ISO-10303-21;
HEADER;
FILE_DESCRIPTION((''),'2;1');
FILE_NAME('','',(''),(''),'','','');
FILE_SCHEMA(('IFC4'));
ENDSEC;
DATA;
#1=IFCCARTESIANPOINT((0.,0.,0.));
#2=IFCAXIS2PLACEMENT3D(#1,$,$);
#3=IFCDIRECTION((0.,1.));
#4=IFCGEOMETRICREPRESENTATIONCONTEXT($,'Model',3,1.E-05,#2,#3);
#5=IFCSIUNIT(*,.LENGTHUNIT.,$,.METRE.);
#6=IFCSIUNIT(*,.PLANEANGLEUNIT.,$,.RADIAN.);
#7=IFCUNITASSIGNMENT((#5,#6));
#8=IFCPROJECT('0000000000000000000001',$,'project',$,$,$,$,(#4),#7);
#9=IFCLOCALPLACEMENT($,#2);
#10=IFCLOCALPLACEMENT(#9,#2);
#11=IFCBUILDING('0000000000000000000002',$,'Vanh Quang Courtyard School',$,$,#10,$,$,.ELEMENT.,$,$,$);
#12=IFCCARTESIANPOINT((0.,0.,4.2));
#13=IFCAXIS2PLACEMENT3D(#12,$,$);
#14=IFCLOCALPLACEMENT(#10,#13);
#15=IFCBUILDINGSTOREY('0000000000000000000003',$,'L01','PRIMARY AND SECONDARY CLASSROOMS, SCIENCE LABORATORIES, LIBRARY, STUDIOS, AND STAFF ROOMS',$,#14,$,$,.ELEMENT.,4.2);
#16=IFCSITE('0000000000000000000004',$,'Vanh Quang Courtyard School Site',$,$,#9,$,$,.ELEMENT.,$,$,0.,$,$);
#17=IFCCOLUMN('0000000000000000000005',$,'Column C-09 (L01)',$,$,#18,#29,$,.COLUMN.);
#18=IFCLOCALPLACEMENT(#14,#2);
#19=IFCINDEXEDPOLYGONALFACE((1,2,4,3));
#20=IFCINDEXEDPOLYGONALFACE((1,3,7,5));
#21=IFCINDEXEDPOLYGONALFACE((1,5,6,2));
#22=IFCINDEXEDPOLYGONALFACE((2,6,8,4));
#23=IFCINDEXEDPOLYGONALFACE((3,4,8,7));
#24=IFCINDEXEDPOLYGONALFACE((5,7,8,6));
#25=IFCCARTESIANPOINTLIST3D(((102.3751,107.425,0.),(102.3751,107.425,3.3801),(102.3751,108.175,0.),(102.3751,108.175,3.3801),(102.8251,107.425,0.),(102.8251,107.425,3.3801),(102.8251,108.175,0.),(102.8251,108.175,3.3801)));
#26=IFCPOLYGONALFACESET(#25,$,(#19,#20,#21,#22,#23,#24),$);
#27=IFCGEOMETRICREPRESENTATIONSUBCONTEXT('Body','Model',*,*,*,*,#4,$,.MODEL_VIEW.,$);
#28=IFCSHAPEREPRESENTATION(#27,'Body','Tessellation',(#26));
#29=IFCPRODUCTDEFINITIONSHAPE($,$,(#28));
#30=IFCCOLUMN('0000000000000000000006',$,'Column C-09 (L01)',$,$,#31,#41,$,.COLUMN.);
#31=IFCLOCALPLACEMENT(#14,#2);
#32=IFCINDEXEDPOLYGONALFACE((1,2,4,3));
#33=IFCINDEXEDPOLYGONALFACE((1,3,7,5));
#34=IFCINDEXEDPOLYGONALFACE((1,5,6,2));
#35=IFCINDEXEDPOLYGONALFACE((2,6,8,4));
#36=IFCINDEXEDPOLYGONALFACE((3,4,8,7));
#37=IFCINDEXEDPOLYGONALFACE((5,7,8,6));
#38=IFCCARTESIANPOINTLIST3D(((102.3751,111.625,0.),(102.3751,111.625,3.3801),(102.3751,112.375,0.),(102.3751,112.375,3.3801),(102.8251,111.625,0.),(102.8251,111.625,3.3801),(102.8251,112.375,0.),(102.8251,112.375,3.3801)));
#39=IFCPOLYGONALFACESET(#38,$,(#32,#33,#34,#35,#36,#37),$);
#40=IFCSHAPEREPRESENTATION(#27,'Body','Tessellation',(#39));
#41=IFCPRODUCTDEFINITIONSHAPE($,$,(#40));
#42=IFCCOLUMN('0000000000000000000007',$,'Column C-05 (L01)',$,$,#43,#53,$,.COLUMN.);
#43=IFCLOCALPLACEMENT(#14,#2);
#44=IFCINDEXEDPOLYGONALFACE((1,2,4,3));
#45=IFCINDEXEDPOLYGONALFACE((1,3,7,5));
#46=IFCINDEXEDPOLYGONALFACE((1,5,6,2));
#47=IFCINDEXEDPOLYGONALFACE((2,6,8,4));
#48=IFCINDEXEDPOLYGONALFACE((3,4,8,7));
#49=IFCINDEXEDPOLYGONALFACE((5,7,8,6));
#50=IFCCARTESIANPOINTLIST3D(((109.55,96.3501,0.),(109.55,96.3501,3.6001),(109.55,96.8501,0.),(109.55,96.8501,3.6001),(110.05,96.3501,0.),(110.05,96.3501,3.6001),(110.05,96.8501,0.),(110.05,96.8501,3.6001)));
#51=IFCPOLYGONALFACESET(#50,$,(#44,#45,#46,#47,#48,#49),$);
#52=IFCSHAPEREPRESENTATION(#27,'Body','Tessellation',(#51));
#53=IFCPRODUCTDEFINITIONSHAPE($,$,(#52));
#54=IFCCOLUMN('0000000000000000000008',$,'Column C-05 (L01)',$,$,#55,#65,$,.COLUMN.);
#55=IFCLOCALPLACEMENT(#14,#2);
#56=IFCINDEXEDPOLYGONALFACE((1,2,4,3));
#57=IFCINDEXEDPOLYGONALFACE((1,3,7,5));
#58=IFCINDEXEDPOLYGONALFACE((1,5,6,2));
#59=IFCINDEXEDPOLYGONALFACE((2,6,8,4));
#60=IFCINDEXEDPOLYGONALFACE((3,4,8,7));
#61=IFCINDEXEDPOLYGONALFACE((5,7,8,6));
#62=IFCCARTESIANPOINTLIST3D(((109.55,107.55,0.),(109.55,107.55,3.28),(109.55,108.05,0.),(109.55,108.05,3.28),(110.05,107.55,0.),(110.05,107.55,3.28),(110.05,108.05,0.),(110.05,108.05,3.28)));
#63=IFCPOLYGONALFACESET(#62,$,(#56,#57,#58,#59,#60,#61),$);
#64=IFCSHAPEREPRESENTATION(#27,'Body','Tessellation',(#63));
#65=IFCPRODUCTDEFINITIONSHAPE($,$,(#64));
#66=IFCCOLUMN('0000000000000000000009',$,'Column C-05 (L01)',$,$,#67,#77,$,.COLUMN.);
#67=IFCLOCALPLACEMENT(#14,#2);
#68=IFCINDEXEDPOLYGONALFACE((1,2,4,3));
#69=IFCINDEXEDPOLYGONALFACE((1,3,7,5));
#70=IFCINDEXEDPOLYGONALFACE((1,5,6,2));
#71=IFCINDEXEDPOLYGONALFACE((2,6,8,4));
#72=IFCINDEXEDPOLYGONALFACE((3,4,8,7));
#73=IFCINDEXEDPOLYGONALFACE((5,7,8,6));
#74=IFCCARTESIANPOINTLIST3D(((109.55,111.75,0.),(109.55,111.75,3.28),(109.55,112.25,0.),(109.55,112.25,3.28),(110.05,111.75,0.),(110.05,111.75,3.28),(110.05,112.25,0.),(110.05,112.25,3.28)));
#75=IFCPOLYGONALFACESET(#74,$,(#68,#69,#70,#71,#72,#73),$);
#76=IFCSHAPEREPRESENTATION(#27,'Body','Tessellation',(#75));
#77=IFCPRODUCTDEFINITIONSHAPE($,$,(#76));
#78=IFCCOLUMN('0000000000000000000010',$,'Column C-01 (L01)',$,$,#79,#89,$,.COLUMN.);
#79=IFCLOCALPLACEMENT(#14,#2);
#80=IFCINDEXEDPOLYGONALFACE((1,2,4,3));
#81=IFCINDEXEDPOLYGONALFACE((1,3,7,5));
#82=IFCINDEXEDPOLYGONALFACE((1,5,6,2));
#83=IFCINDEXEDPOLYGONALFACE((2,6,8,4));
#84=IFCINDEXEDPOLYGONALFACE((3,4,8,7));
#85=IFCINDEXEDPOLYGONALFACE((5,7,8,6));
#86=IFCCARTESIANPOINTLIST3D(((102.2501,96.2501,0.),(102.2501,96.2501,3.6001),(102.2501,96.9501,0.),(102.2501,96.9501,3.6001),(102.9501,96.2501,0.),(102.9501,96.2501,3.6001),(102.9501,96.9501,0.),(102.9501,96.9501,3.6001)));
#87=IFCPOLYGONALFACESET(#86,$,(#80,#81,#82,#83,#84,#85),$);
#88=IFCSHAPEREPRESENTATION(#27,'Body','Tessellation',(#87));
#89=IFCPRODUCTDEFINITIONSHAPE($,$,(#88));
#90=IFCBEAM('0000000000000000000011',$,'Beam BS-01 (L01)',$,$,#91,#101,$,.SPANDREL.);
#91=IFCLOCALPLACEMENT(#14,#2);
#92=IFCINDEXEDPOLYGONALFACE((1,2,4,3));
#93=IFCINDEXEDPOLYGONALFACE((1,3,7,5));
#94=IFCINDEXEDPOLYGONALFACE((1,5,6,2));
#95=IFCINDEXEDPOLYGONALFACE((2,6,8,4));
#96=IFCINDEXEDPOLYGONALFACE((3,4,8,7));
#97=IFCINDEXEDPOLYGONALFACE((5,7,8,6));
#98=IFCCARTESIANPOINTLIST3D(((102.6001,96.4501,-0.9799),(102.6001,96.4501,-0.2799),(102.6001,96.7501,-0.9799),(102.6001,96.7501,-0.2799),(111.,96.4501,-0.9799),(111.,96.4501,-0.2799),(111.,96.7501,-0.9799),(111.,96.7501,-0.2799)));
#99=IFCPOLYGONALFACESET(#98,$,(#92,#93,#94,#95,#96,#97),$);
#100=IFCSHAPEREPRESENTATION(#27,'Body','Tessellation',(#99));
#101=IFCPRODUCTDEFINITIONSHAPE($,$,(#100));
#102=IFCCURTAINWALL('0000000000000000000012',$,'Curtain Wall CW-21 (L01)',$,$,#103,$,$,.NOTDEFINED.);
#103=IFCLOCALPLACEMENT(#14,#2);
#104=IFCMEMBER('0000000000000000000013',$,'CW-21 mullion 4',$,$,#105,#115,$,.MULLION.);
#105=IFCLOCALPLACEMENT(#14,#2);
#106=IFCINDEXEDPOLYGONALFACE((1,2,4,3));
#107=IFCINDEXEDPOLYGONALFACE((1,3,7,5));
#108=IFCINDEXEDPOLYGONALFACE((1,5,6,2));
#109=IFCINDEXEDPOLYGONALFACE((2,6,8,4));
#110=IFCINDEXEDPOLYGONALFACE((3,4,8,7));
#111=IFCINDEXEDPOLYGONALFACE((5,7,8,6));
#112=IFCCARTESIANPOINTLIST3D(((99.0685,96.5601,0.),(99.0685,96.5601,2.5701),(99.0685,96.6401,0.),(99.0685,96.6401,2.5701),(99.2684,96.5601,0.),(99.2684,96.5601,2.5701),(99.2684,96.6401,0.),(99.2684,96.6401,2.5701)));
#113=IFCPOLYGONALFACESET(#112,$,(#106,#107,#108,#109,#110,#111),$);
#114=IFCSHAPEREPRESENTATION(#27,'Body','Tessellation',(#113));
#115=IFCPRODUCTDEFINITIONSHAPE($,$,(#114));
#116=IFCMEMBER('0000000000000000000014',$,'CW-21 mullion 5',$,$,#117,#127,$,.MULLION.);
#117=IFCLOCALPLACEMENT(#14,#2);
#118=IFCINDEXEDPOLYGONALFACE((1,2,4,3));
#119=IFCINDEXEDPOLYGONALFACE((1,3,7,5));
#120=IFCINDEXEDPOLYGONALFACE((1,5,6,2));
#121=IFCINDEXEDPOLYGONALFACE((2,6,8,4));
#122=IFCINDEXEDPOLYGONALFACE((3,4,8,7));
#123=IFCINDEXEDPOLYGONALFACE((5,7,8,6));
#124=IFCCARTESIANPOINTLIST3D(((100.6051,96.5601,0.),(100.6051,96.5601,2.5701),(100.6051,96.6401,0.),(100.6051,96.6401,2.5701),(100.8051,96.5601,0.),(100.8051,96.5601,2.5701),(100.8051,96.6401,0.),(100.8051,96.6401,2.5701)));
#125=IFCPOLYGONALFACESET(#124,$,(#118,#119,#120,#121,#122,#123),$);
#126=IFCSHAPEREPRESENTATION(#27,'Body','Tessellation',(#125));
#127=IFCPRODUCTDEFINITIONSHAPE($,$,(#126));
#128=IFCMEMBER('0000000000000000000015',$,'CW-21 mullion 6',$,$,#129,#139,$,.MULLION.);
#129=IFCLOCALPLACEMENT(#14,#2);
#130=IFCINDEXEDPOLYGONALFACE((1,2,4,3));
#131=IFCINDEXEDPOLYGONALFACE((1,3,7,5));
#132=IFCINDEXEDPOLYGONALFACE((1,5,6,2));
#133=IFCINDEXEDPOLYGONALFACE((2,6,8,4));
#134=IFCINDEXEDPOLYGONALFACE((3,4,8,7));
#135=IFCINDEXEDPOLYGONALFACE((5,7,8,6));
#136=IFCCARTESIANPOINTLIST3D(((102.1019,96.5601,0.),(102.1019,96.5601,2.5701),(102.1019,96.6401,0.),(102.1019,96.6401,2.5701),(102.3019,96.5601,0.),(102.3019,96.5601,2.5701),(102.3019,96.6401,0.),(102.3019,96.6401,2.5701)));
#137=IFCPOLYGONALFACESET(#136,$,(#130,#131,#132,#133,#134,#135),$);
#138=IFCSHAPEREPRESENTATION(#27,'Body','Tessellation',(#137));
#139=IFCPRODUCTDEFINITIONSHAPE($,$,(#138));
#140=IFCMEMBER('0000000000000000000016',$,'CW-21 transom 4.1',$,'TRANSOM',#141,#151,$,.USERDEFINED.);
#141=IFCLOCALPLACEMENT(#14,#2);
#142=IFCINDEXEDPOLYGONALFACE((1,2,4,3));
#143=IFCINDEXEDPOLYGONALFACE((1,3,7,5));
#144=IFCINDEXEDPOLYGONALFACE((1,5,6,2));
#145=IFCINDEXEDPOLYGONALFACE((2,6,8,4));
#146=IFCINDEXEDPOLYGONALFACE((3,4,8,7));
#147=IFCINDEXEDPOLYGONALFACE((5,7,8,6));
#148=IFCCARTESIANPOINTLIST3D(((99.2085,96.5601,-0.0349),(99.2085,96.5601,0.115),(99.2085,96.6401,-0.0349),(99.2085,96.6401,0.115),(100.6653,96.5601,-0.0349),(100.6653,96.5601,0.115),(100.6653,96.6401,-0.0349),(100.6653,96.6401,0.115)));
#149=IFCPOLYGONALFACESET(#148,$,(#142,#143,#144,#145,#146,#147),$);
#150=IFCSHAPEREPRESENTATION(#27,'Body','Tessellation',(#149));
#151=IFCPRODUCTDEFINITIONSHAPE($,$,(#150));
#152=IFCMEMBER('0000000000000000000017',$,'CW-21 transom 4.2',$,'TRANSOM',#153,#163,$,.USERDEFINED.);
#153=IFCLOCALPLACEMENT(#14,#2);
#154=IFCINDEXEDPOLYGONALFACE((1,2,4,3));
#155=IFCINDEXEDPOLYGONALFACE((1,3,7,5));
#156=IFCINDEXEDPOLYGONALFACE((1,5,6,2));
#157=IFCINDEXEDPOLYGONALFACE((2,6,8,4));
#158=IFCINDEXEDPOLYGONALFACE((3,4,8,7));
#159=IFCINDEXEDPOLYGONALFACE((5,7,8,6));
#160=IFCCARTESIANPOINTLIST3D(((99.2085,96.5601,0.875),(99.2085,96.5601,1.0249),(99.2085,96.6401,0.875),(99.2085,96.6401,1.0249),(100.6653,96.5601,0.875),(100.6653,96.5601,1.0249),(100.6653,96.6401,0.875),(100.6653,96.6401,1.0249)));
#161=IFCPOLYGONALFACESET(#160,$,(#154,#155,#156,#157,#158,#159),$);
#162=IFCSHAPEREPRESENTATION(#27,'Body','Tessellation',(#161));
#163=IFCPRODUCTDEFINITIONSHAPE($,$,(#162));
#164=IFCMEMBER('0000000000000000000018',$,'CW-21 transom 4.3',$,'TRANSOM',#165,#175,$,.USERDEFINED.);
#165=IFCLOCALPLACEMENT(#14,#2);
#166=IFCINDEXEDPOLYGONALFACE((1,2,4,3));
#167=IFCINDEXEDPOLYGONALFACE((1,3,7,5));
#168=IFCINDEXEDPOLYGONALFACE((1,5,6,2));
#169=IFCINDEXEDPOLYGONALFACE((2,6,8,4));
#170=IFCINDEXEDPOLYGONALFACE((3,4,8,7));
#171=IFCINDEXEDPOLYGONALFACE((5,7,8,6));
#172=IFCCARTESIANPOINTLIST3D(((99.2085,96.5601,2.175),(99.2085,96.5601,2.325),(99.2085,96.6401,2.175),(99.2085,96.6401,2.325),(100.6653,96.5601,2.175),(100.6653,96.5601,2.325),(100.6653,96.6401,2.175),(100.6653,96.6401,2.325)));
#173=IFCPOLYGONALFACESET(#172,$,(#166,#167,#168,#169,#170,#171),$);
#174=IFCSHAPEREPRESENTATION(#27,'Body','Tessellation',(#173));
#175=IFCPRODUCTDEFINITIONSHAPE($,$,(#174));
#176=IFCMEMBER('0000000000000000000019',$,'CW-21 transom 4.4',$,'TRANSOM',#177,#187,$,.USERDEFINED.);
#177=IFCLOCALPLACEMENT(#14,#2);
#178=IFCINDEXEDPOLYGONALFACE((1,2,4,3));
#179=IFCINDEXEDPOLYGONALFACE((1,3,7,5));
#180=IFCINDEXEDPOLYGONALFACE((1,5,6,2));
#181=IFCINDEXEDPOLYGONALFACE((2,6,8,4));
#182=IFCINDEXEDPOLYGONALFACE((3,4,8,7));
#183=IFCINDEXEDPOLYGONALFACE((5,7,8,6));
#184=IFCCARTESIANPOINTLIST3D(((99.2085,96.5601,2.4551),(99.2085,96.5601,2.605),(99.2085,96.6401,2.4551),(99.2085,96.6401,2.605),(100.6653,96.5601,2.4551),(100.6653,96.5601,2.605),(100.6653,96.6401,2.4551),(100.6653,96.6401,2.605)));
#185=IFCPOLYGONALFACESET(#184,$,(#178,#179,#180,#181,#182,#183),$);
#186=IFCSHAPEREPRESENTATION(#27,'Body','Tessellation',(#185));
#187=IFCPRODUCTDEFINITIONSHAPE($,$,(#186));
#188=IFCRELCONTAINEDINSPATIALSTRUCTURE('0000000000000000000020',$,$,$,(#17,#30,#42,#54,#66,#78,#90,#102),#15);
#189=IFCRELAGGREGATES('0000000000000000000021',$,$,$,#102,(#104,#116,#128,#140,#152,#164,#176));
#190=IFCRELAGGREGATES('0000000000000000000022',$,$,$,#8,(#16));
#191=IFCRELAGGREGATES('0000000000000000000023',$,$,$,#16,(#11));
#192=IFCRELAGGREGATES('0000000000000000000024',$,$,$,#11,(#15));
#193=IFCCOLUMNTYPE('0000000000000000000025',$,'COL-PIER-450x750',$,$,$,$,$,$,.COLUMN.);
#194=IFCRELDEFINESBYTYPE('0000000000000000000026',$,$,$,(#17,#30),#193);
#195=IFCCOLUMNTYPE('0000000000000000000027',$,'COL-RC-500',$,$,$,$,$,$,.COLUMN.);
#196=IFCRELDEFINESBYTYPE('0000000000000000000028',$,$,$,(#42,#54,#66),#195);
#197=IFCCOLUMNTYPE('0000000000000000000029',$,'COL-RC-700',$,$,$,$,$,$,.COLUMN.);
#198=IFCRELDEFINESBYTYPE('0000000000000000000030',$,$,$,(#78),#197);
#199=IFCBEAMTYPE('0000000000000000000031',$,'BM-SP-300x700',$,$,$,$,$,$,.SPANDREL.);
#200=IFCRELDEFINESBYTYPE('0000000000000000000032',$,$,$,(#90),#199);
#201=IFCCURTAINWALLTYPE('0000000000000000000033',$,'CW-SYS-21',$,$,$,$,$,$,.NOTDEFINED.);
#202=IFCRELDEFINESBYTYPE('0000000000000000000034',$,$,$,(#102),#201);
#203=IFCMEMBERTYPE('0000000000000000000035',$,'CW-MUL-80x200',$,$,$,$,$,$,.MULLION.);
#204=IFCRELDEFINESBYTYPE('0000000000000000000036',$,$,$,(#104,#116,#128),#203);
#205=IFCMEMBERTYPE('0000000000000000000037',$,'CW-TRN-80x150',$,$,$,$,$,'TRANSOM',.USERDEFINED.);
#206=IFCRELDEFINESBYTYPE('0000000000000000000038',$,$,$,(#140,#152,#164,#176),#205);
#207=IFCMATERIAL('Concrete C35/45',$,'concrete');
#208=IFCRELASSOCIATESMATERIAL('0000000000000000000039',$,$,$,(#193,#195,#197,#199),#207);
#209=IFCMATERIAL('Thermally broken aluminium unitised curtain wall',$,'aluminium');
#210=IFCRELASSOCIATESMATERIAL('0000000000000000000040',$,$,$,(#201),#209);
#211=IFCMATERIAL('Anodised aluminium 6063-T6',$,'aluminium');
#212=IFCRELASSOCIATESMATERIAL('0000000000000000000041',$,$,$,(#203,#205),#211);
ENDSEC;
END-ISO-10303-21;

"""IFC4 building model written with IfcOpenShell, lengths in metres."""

from ifc_helpers import new_model, si_unit, direction, frame, origin, origin_2d, place, context, subcontext, project, spatial, rectangle, extrude, material, material_profile, profile_set, type_object, element, aggregate, save


model = new_model("IFC4")

# Units and contexts
model_context = context("Model", 3, precision=1e-05, world=origin(), true_north=direction((0.0, 1.0)))
body_context = subcontext(model_context, "Body", "Model", "MODEL_VIEW")
ifc_project = project(units=[si_unit("LENGTHUNIT", "METRE"), si_unit("PLANEANGLEUNIT", "RADIAN")], contexts=[model_context])

# Site, building, storey
site_placement = place(None, origin())
site = spatial("IfcSite", under=ifc_project, at=site_placement, Name="Vanh Quang Courtyard School Site", CompositionType="ELEMENT", RefElevation=0.0)
building_placement = place(site_placement, origin())
building = spatial("IfcBuilding", under=site, at=building_placement, Name="Vanh Quang Courtyard School", CompositionType="ELEMENT")
storey_placement = place(building_placement, frame((0.0, 0.0, 4.2)))
storey = spatial("IfcBuildingStorey", under=building, at=storey_placement, Name="L01", Description="PRIMARY AND SECONDARY CLASSROOMS, SCIENCE LABORATORIES, LIBRARY, STUDIOS, AND STAFF ROOMS", CompositionType="ELEMENT", Elevation=4.2)

# Columns
ifc_material_1 = material(Name="Concrete C35/45", Category="concrete")
ifc_material_profile_1 = material_profile(ifc_material_1, rectangle(XDim=0.45, YDim=0.75, at=origin_2d()), Name="RC-PIER 450x750")
ifc_profile_set_1 = profile_set([ifc_material_profile_1], Name="Concrete C35/45")
column_type_1 = type_object("IfcColumnType", Name="COL-PIER-450x750", PredefinedType="COLUMN", material=ifc_profile_set_1)
for number, where, z_axis, x_axis, name in (
    (1, (102.6001, 107.8, 0.0), (0.0, 0.0, 1.0), (1.0, 0.0, 0.0), "Column C-09 (L01)"),
    (2, (102.6001, 112.0, 0.0), (0.0, 0.0, 1.0), (1.0, 0.0, 0.0), "Column C-09 (L01)"),
):
    element("IfcColumn", number, at=place(storey_placement, frame(where, z_axis=z_axis, x_axis=x_axis)), inside=storey, type_object=column_type_1, Name=name, PredefinedType="COLUMN", context=body_context, shape_type="SweptSolid", body=[
        extrude(rectangle(XDim=0.45, YDim=0.75, at=origin_2d()), origin(), (0.0, 0.0, 1.0), 3.3801),
    ])
ifc_material_profile_2 = material_profile(ifc_material_1, rectangle(XDim=0.5, YDim=0.5, at=origin_2d()), Name="RC-COL 500x500")
ifc_profile_set_2 = profile_set([ifc_material_profile_2], Name="Concrete C35/45")
column_type_2 = type_object("IfcColumnType", Name="COL-RC-500", PredefinedType="COLUMN", material=ifc_profile_set_2)
column_1_placement = place(storey_placement, frame((109.8, 96.6001, 0.0), z_axis=(0.0, 0.0, 1.0), x_axis=(1.0, 0.0, 0.0)))
element("IfcColumn", 3, at=column_1_placement, inside=storey, type_object=column_type_2, Name="Column C-05 (L01)", PredefinedType="COLUMN", context=body_context, shape_type="SweptSolid", body=[
    extrude(rectangle(XDim=0.5, YDim=0.5, at=origin_2d()), origin(), (0.0, 0.0, 1.0), 3.6001),
])
for number, where, z_axis, x_axis, name in (
    (4, (109.8, 107.8, 0.0), (0.0, 0.0, 1.0), (1.0, 0.0, 0.0), "Column C-05 (L01)"),
    (5, (109.8, 112.0, 0.0), (0.0, 0.0, 1.0), (1.0, 0.0, 0.0), "Column C-05 (L01)"),
):
    element("IfcColumn", number, at=place(storey_placement, frame(where, z_axis=z_axis, x_axis=x_axis)), inside=storey, type_object=column_type_2, Name=name, PredefinedType="COLUMN", context=body_context, shape_type="SweptSolid", body=[
        extrude(rectangle(XDim=0.5, YDim=0.5, at=origin_2d()), origin(), (0.0, 0.0, 1.0), 3.28),
    ])
ifc_material_profile_3 = material_profile(ifc_material_1, rectangle(XDim=0.7, YDim=0.7, at=origin_2d()), Name="RC-COL 700x700")
ifc_profile_set_3 = profile_set([ifc_material_profile_3], Name="Concrete C35/45")
column_type_3 = type_object("IfcColumnType", Name="COL-RC-700", PredefinedType="COLUMN", material=ifc_profile_set_3)
column_2_placement = place(storey_placement, frame((102.6001, 96.6001, 0.0), z_axis=(0.0, 0.0, 1.0), x_axis=(1.0, 0.0, 0.0)))
element("IfcColumn", 6, at=column_2_placement, inside=storey, type_object=column_type_3, Name="Column C-01 (L01)", PredefinedType="COLUMN", context=body_context, shape_type="SweptSolid", body=[
    extrude(rectangle(XDim=0.7, YDim=0.7, at=origin_2d()), origin(), (0.0, 0.0, 1.0), 3.6001),
])

# Beam
ifc_material_profile_4 = material_profile(ifc_material_1, rectangle(XDim=0.3, YDim=0.7, at=origin_2d()), Name="RC-SP 300x700")
ifc_profile_set_4 = profile_set([ifc_material_profile_4], Name="Concrete C35/45")
beam_type = type_object("IfcBeamType", Name="BM-SP-300x700", PredefinedType="SPANDREL", material=ifc_profile_set_4)
beam_placement = place(storey_placement, frame((102.6001, 96.6001, -0.6299), z_axis=(1.0, 0.0, 0.0), x_axis=(0.0, 1.0, 0.0)))
element("IfcBeam", 7, at=beam_placement, inside=storey, type_object=beam_type, Name="Beam BS-01 (L01)", PredefinedType="SPANDREL", context=body_context, shape_type="SweptSolid", body=[
    extrude(rectangle(XDim=0.3, YDim=0.7, at=origin_2d()), origin(), (0.0, 0.0, 1.0), 8.3999),
])

# Curtain wall, members
ifc_material_2 = material(Name="Thermally broken aluminium unitised curtain wall", Category="aluminium")
curtain_wall_type = type_object("IfcCurtainWallType", Name="CW-SYS-21", PredefinedType="NOTDEFINED", material=ifc_material_2)
curtain_wall_placement = place(storey_placement, origin())
curtain_wall = element("IfcCurtainWall", 8, at=curtain_wall_placement, inside=storey, type_object=curtain_wall_type, Name="Curtain Wall CW-21 (L01)", PredefinedType="NOTDEFINED")
ifc_material_3 = material(Name="Anodised aluminium 6063-T6", Category="aluminium")
ifc_material_profile_5 = material_profile(ifc_material_3, rectangle(XDim=0.0801, YDim=0.2, at=origin_2d()), Name="ALU-MUL 80x200")
ifc_profile_set_5 = profile_set([ifc_material_profile_5], Name="Anodised aluminium 6063-T6")
member_type_1 = type_object("IfcMemberType", Name="CW-MUL-80x200", PredefinedType="MULLION", material=ifc_profile_set_5)
member_1_placement = place(storey_placement, frame((99.1685, 96.6001, 0.0), z_axis=(0.0, 0.0, 1.0), x_axis=(0.0, 1.0, 0.0)))
member_1 = element("IfcMember", 9, at=member_1_placement, type_object=member_type_1, Name="CW-21 mullion 4", PredefinedType="MULLION", context=body_context, shape_type="SweptSolid", body=[
    extrude(rectangle(XDim=0.0801, YDim=0.2, at=origin_2d()), origin(), (0.0, 0.0, 1.0), 2.5701),
])
member_2_placement = place(storey_placement, frame((100.7051, 96.6001, 0.0), z_axis=(0.0, 0.0, 1.0), x_axis=(0.0, 1.0, 0.0)))
member_2 = element("IfcMember", 10, at=member_2_placement, type_object=member_type_1, Name="CW-21 mullion 5", PredefinedType="MULLION", context=body_context, shape_type="SweptSolid", body=[
    extrude(rectangle(XDim=0.0801, YDim=0.2, at=origin_2d()), origin(), (0.0, 0.0, 1.0), 2.5701),
])
member_3_placement = place(storey_placement, frame((102.2019, 96.6001, 0.0), z_axis=(0.0, 0.0, 1.0), x_axis=(0.0, 1.0, 0.0)))
member_3 = element("IfcMember", 11, at=member_3_placement, type_object=member_type_1, Name="CW-21 mullion 6", PredefinedType="MULLION", context=body_context, shape_type="SweptSolid", body=[
    extrude(rectangle(XDim=0.0801, YDim=0.2, at=origin_2d()), origin(), (0.0, 0.0, 1.0), 2.5701),
])
ifc_material_profile_6 = material_profile(ifc_material_3, rectangle(XDim=0.0801, YDim=0.1499, at=origin_2d()), Name="ALU-TRN 80x150")
ifc_profile_set_6 = profile_set([ifc_material_profile_6], Name="Anodised aluminium 6063-T6")
member_type_2 = type_object("IfcMemberType", Name="CW-TRN-80x150", ElementType="TRANSOM", PredefinedType="USERDEFINED", material=ifc_profile_set_6)
member_4_placement = place(storey_placement, frame((99.2085, 96.6001, 0.04), z_axis=(1.0, 0.0, 0.0), x_axis=(0.0, 1.0, 0.0)))
member_4 = element("IfcMember", 12, at=member_4_placement, type_object=member_type_2, Name="CW-21 transom 4.1", ObjectType="TRANSOM", PredefinedType="USERDEFINED", context=body_context, shape_type="SweptSolid", body=[
    extrude(rectangle(XDim=0.0801, YDim=0.1499, at=origin_2d()), origin(), (0.0, 0.0, 1.0), 1.4568),
])
member_5_placement = place(storey_placement, frame((99.2085, 96.6001, 0.95), z_axis=(1.0, 0.0, 0.0), x_axis=(0.0, 1.0, 0.0)))
member_5 = element("IfcMember", 13, at=member_5_placement, type_object=member_type_2, Name="CW-21 transom 4.2", ObjectType="TRANSOM", PredefinedType="USERDEFINED", context=body_context, shape_type="SweptSolid", body=[
    extrude(rectangle(XDim=0.0801, YDim=0.1499, at=origin_2d()), origin(), (0.0, 0.0, 1.0), 1.4568),
])
member_6_placement = place(storey_placement, frame((99.2085, 96.6001, 2.25), z_axis=(1.0, 0.0, 0.0), x_axis=(0.0, 1.0, 0.0)))
member_6 = element("IfcMember", 14, at=member_6_placement, type_object=member_type_2, Name="CW-21 transom 4.3", ObjectType="TRANSOM", PredefinedType="USERDEFINED", context=body_context, shape_type="SweptSolid", body=[
    extrude(rectangle(XDim=0.0801, YDim=0.1499, at=origin_2d()), origin(), (0.0, 0.0, 1.0), 1.4568),
])
member_7_placement = place(storey_placement, frame((99.2085, 96.6001, 2.53), z_axis=(1.0, 0.0, 0.0), x_axis=(0.0, 1.0, 0.0)))
member_7 = element("IfcMember", 15, at=member_7_placement, type_object=member_type_2, Name="CW-21 transom 4.4", ObjectType="TRANSOM", PredefinedType="USERDEFINED", context=body_context, shape_type="SweptSolid", body=[
    extrude(rectangle(XDim=0.0801, YDim=0.1499, at=origin_2d()), origin(), (0.0, 0.0, 1.0), 1.4568),
])
aggregate(curtain_wall, [member_1, member_2, member_3, member_4, member_5, member_6, member_7])

save(model, "model.ifc")
